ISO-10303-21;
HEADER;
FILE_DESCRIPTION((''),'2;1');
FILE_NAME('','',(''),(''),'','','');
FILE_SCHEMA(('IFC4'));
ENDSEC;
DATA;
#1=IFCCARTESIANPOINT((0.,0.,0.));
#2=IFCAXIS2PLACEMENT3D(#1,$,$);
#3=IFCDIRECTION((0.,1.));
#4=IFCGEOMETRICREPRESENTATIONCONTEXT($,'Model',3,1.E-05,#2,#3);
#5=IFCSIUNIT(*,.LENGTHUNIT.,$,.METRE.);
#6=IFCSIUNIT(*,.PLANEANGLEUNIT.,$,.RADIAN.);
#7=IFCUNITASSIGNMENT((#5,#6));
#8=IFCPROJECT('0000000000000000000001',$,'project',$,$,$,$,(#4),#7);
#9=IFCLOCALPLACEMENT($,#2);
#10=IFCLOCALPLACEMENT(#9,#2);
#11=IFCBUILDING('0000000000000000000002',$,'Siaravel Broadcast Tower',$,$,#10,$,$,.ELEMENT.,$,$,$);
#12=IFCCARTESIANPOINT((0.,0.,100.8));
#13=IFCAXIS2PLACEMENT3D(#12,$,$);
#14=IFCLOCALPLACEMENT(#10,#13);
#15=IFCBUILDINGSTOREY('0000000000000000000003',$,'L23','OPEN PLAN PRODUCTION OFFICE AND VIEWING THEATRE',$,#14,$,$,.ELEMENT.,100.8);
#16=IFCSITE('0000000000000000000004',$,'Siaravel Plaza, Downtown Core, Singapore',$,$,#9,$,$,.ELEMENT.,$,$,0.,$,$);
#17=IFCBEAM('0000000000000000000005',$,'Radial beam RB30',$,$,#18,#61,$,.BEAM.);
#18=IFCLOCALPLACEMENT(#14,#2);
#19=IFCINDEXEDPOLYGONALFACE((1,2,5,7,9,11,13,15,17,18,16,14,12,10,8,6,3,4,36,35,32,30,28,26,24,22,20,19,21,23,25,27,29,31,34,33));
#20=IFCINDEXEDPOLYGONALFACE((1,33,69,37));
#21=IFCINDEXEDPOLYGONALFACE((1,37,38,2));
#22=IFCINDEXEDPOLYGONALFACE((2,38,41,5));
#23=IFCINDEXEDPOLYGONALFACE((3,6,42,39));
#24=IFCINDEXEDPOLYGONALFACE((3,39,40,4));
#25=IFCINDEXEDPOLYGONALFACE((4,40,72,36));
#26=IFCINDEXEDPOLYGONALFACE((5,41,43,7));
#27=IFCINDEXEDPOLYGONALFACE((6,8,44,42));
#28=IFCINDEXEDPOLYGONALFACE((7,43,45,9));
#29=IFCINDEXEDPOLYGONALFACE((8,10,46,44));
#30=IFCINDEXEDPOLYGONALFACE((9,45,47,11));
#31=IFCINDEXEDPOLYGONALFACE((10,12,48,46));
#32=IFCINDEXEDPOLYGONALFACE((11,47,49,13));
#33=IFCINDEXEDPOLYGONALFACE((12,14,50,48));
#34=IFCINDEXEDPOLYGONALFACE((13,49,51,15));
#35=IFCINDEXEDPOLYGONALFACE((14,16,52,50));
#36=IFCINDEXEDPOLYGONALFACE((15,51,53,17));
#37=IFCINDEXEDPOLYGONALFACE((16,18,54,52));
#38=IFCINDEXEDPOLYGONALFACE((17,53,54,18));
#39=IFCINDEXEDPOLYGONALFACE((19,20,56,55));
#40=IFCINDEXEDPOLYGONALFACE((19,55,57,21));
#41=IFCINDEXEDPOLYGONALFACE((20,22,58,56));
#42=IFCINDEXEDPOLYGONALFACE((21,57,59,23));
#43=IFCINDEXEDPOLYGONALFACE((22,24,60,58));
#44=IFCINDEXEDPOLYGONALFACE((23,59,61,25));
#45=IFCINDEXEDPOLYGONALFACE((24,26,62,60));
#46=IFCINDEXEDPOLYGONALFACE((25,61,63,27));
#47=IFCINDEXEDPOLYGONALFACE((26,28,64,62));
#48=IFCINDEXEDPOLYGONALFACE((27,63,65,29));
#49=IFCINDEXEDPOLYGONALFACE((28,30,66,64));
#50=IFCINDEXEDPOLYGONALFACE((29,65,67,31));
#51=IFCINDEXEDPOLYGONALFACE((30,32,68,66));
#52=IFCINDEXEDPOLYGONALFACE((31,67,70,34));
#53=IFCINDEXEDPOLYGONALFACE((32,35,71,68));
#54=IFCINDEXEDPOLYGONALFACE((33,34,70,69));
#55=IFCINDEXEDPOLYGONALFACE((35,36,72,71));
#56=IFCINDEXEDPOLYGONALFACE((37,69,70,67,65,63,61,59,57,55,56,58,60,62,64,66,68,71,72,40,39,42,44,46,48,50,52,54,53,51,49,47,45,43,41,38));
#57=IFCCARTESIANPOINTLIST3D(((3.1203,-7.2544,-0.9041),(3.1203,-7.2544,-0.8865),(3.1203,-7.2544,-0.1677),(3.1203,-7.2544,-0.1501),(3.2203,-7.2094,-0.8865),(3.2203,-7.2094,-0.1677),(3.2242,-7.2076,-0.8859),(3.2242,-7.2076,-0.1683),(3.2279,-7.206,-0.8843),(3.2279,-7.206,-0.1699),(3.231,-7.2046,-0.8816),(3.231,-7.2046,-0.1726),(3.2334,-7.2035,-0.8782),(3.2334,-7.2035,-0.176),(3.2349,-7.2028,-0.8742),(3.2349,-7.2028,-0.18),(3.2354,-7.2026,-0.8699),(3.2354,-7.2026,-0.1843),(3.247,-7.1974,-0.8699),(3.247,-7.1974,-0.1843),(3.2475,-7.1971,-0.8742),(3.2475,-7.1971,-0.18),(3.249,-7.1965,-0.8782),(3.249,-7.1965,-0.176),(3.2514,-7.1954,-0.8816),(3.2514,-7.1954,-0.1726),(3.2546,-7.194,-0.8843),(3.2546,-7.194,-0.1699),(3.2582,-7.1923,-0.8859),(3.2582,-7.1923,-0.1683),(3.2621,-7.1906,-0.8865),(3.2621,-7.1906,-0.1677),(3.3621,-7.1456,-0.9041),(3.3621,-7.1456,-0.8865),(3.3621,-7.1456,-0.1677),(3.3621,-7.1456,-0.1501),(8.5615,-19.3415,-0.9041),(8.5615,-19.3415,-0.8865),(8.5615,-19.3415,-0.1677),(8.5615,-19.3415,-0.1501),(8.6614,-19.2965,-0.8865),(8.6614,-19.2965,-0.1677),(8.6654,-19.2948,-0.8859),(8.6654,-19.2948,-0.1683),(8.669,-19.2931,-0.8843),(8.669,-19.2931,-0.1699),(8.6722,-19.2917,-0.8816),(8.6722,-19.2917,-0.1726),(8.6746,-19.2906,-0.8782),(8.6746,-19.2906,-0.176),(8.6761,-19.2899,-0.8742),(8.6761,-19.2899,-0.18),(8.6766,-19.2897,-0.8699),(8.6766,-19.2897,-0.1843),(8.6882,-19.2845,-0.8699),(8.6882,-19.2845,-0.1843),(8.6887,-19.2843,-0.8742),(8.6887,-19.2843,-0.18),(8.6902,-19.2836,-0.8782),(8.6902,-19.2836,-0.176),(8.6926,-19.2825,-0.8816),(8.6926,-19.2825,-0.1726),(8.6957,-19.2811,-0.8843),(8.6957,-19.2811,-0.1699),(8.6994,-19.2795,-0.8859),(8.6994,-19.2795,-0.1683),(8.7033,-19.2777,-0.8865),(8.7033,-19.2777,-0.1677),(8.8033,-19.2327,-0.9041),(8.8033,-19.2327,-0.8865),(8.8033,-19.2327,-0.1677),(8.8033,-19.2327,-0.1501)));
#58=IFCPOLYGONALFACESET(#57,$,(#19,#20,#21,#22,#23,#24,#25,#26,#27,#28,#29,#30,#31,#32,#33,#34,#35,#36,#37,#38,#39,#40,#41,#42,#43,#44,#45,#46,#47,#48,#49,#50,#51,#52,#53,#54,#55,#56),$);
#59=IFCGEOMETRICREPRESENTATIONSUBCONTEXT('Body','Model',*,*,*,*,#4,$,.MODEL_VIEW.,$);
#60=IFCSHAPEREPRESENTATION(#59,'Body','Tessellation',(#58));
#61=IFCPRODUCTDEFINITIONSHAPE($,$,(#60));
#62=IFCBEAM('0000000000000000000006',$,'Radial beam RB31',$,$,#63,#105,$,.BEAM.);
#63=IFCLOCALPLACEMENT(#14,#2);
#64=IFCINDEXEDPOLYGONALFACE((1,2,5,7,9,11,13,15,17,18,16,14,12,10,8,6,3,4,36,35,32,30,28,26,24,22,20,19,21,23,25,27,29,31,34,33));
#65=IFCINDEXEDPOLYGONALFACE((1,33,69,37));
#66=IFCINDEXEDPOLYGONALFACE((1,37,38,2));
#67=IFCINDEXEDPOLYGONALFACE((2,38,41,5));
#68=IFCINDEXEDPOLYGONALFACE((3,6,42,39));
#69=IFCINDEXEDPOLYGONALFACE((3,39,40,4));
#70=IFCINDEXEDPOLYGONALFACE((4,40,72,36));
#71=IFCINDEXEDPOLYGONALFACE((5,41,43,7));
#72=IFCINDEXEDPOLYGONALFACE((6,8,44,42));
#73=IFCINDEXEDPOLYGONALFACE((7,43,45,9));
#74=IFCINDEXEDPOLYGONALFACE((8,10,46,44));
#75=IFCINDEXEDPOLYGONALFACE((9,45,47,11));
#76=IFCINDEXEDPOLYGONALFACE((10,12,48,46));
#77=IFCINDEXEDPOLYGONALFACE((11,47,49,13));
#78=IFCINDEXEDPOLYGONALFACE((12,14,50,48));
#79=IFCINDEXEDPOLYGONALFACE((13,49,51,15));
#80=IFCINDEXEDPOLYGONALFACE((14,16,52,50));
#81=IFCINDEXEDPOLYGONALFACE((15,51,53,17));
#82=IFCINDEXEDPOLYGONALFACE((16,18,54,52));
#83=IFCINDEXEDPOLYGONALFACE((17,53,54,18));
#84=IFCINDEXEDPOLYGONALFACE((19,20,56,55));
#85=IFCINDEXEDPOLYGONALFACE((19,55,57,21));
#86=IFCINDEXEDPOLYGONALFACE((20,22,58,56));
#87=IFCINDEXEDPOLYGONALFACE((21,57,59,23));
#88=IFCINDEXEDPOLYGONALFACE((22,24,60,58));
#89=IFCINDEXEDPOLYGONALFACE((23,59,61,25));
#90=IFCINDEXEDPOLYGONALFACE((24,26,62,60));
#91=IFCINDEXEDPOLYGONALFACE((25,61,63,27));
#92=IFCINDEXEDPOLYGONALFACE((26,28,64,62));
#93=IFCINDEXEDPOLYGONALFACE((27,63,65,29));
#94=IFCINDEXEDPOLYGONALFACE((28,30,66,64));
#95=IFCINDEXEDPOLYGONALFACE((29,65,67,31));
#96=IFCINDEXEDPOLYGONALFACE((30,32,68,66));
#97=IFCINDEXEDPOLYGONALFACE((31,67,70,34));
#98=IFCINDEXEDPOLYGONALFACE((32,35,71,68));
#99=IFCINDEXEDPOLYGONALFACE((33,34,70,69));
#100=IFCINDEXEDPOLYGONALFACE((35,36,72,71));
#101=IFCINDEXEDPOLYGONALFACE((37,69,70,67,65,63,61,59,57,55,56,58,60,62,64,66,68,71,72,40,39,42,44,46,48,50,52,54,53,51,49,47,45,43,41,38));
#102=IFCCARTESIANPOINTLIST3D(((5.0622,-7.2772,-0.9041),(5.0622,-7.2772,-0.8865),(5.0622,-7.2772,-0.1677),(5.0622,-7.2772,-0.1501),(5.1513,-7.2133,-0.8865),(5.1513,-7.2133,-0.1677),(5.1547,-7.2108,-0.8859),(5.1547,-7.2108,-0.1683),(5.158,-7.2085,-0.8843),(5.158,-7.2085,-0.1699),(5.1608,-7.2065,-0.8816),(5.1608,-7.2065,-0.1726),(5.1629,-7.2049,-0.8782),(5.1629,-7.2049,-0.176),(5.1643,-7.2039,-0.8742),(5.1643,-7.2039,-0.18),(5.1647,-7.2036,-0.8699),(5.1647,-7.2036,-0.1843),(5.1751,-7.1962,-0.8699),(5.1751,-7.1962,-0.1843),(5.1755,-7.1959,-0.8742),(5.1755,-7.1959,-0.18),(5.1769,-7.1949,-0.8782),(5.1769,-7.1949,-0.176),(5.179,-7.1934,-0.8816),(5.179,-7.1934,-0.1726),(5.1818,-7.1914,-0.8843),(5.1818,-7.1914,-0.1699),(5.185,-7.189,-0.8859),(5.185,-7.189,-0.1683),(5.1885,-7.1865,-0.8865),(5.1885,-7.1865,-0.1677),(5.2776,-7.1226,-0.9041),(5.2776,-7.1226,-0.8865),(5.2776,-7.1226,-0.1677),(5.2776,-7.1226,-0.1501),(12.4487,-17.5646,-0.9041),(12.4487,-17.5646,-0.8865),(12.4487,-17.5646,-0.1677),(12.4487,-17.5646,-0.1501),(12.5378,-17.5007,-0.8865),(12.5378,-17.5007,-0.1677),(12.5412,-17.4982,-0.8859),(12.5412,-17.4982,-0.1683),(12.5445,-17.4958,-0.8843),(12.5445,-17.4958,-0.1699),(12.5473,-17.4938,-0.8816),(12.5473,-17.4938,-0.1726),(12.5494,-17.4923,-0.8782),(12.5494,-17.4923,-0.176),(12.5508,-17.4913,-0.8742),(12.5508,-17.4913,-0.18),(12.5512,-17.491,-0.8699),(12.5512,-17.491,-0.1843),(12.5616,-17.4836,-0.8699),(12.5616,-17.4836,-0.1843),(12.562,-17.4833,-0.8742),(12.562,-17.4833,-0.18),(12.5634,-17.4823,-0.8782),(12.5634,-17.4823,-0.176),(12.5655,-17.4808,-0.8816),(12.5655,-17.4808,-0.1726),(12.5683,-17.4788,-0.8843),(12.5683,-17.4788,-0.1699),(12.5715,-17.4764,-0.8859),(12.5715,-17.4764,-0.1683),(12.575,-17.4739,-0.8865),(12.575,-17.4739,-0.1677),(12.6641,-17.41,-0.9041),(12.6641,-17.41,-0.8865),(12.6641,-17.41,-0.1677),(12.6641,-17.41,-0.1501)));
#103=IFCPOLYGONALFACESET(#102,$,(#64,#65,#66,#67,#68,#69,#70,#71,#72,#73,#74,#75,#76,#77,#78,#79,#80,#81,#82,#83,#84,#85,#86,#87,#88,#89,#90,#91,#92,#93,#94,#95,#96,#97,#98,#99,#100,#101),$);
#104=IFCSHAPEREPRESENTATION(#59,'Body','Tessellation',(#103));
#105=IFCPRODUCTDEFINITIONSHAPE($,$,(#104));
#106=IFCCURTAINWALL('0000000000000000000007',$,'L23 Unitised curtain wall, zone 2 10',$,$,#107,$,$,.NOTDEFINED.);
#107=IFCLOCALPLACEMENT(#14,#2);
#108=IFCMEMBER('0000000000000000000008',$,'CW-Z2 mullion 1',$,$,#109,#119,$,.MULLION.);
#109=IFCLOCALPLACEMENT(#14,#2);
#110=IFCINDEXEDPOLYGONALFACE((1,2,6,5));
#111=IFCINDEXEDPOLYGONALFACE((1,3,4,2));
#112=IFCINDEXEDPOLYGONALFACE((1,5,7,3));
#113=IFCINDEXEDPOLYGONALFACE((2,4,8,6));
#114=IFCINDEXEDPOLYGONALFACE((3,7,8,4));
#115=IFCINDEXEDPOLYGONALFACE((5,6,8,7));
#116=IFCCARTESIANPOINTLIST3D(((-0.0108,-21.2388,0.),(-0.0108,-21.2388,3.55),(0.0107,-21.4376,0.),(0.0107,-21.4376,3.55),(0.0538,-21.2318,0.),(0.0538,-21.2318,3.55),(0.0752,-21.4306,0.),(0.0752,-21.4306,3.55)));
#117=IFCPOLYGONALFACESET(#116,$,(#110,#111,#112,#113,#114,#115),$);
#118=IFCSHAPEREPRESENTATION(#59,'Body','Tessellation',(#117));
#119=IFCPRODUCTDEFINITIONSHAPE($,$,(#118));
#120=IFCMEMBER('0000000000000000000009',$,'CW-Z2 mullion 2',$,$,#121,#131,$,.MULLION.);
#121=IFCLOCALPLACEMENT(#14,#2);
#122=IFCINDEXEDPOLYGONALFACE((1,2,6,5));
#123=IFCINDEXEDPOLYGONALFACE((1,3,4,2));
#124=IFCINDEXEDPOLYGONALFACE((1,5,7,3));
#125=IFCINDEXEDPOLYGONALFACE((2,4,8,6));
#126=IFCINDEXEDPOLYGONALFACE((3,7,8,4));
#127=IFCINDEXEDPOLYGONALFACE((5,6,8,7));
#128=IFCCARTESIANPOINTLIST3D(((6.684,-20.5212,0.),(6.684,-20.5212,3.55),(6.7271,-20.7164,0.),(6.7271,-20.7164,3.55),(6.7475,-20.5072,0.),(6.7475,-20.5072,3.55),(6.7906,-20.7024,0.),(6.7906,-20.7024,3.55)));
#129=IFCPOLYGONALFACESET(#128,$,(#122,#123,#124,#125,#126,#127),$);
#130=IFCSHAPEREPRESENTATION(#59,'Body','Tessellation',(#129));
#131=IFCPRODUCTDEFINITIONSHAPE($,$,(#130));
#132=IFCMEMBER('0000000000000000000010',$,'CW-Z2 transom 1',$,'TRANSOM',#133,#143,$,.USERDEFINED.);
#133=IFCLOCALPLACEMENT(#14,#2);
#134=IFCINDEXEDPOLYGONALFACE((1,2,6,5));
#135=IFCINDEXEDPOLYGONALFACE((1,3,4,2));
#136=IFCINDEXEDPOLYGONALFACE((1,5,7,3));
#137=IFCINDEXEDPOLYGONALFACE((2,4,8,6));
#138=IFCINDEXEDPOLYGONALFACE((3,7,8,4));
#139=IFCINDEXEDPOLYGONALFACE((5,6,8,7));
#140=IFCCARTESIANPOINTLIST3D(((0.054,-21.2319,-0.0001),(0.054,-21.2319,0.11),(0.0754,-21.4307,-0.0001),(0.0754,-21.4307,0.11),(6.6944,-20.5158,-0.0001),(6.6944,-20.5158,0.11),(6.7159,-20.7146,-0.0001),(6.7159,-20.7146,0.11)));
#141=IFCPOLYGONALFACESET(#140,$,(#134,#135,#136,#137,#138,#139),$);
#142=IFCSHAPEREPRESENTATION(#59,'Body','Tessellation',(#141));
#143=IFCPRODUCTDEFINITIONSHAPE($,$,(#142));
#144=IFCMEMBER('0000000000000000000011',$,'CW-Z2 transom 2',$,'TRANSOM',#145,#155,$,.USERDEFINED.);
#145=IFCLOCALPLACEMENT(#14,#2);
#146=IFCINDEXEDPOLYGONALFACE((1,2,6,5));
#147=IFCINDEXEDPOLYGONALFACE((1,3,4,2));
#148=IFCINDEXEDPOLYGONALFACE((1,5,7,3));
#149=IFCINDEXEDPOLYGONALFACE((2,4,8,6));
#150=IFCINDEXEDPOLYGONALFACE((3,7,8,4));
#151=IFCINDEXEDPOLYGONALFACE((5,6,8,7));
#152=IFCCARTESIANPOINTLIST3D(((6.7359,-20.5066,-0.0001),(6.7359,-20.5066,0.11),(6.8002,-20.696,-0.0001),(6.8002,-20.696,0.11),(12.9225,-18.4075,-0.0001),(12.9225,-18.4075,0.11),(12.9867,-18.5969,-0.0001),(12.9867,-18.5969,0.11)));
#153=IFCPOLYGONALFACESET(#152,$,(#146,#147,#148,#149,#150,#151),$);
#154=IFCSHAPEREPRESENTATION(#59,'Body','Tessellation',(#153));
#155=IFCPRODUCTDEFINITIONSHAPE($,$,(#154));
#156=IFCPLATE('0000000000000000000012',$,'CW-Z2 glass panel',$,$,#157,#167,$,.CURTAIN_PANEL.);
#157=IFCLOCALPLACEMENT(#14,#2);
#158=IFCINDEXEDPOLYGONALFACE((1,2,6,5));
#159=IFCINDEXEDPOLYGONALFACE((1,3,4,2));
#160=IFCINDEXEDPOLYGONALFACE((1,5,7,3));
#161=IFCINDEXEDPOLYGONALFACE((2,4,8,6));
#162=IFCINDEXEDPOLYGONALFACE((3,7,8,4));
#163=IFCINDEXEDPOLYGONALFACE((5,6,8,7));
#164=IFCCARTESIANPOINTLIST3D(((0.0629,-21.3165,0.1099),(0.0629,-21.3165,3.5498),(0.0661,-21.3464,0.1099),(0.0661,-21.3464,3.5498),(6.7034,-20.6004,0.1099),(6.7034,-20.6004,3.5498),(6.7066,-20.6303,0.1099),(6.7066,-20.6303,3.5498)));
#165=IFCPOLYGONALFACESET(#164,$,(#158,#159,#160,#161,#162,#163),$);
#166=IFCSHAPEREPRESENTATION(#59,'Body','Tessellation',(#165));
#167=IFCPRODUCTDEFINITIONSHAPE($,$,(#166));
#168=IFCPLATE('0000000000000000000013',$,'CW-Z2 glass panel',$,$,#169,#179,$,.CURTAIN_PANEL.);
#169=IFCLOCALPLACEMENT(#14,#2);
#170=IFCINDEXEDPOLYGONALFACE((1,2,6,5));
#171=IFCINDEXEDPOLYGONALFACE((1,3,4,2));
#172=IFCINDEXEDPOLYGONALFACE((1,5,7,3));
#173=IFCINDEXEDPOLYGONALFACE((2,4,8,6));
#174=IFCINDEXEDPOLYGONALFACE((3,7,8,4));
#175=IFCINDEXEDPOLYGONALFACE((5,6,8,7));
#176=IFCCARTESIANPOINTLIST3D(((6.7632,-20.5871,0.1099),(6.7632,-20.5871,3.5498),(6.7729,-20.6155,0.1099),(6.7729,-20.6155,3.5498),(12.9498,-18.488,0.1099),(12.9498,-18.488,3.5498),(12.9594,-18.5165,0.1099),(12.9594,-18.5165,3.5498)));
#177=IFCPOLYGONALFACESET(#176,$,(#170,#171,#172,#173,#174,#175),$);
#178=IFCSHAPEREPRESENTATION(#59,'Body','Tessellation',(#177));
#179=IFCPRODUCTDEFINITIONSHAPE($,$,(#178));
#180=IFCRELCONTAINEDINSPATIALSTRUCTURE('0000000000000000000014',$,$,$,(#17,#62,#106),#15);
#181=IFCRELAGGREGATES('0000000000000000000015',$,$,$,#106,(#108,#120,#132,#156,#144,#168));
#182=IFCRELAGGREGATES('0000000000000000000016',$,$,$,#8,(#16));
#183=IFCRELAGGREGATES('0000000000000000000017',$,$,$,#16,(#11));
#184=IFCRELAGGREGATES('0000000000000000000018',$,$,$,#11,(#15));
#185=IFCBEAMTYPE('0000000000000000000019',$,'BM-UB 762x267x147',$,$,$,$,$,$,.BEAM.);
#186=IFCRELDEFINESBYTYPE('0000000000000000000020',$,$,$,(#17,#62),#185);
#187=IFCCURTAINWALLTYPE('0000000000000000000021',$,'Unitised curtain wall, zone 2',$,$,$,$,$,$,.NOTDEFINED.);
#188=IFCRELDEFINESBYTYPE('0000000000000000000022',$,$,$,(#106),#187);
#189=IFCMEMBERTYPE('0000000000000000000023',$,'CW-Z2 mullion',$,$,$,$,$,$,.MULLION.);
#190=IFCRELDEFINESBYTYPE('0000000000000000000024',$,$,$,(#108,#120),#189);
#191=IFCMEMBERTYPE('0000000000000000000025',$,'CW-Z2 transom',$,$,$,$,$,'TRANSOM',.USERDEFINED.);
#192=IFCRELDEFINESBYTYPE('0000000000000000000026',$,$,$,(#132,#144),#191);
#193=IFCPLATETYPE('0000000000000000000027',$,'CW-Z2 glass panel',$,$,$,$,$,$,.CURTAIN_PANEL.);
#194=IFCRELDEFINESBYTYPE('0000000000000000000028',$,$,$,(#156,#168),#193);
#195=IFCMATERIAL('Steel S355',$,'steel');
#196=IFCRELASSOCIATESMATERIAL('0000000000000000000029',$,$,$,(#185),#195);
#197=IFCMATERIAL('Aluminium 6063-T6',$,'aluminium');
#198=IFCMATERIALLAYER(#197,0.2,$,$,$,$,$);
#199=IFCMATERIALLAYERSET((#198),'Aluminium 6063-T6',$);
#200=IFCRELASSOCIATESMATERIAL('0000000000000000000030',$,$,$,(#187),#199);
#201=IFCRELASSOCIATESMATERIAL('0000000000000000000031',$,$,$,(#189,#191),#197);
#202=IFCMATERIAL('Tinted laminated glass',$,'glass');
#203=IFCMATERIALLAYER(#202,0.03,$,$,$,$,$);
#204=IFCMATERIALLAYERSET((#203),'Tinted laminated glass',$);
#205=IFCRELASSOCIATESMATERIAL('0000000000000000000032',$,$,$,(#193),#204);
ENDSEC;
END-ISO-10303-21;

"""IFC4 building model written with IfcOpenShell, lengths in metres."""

from ifc_helpers import new_model, si_unit, direction, frame, origin, origin_2d, place, context, subcontext, project, spatial, rectangle, i_section, extrude, material, layer, layer_set, material_profile, profile_set, type_object, element, aggregate, save


model = new_model("IFC4")

# Units and contexts
model_context = context("Model", 3, precision=1e-05, world=origin(), true_north=direction((0.0, 1.0)))
body_context = subcontext(model_context, "Body", "Model", "MODEL_VIEW")
ifc_project = project(units=[si_unit("LENGTHUNIT", "METRE"), si_unit("PLANEANGLEUNIT", "RADIAN")], contexts=[model_context])

# Site, building, storey
site_placement = place(None, origin())
site = spatial("IfcSite", under=ifc_project, at=site_placement, Name="Siaravel Plaza, Downtown Core, Singapore", CompositionType="ELEMENT", RefElevation=0.0)
building_placement = place(site_placement, origin())
building = spatial("IfcBuilding", under=site, at=building_placement, Name="Siaravel Broadcast Tower", CompositionType="ELEMENT")
storey_placement = place(building_placement, frame((0.0, 0.0, 100.8)))
storey = spatial("IfcBuildingStorey", under=building, at=storey_placement, Name="L23", Description="OPEN PLAN PRODUCTION OFFICE AND VIEWING THEATRE", CompositionType="ELEMENT", Elevation=100.8)

# Beams
ifc_material_1 = material(Name="Steel S355", Category="steel")
ifc_material_profile_1 = material_profile(ifc_material_1, i_section(OverallWidth=0.2651, OverallDepth=0.7539, WebThickness=0.0127, FlangeThickness=0.0176, FilletRadius=0.0166, at=origin_2d()))
ifc_profile_set_1 = profile_set([ifc_material_profile_1], Name="Steel S355")
beam_type = type_object("IfcBeamType", Name="BM-UB 762x267x147", PredefinedType="BEAM", material=ifc_profile_set_1)
beam_1_placement = place(storey_placement, frame((8.6824, -19.2871, -0.5271), z_axis=(-0.410486, 0.911867, 0.0), x_axis=(-0.911867, -0.410486, 0.0)))
element("IfcBeam", 1, at=beam_1_placement, inside=storey, type_object=beam_type, Name="Radial beam RB30", PredefinedType="BEAM", context=body_context, shape_type="SweptSolid", body=[
    extrude(i_section(OverallWidth=0.2651, OverallDepth=0.7539, WebThickness=0.0127, FlangeThickness=0.0176, FilletRadius=0.0166, at=origin_2d()), origin(), (0.0, 0.0, 1.0), 13.2554),
])
beam_2_placement = place(storey_placement, frame((12.5564, -17.4873, -0.5271), z_axis=(-0.583242, 0.812298, 0.0), x_axis=(-0.812298, -0.583242, 0.0)))
element("IfcBeam", 2, at=beam_2_placement, inside=storey, type_object=beam_type, Name="Radial beam RB31", PredefinedType="BEAM", context=body_context, shape_type="SweptSolid", body=[
    extrude(i_section(OverallWidth=0.2651, OverallDepth=0.7539, WebThickness=0.0127, FlangeThickness=0.0176, FilletRadius=0.0166, at=origin_2d()), origin(), (0.0, 0.0, 1.0), 12.6646),
])

# Curtain wall, members, plates
ifc_material_2 = material(Name="Aluminium 6063-T6", Category="aluminium")
ifc_layer_1 = layer(ifc_material_2, 0.2)
ifc_layer_set_1 = layer_set([ifc_layer_1], Name="Aluminium 6063-T6")
curtain_wall_type = type_object("IfcCurtainWallType", Name="Unitised curtain wall, zone 2", PredefinedType="NOTDEFINED", material=ifc_layer_set_1)
curtain_wall_placement = place(storey_placement, origin())
curtain_wall = element("IfcCurtainWall", 3, at=curtain_wall_placement, inside=storey, type_object=curtain_wall_type, Name="L23 Unitised curtain wall, zone 2 10", PredefinedType="NOTDEFINED")
ifc_material_profile_2 = material_profile(ifc_material_2, rectangle(XDim=0.2, YDim=0.0649, at=origin_2d()))
ifc_profile_set_2 = profile_set([ifc_material_profile_2], Name="Aluminium 6063-T6")
member_type_1 = type_object("IfcMemberType", Name="CW-Z2 mullion", PredefinedType="MULLION", material=ifc_profile_set_2)
member_1_placement = place(storey_placement, frame((0.0322, -21.3347, 0.0), z_axis=(0.0, 0.0, 1.0), x_axis=(-0.107217, 0.994236, 0.0)))
member_1 = element("IfcMember", 4, at=member_1_placement, type_object=member_type_1, Name="CW-Z2 mullion 1", PredefinedType="MULLION", context=body_context, shape_type="SweptSolid", body=[
    extrude(rectangle(XDim=0.2, YDim=0.0649, at=origin_2d()), origin(), (0.0, 0.0, 1.0), 3.55),
])
member_2_placement = place(storey_placement, frame((6.7373, -20.6118, 0.0), z_axis=(0.0, 0.0, 1.0), x_axis=(-0.215558, 0.976491, 0.0)))
member_2 = element("IfcMember", 5, at=member_2_placement, type_object=member_type_1, Name="CW-Z2 mullion 2", PredefinedType="MULLION", context=body_context, shape_type="SweptSolid", body=[
    extrude(rectangle(XDim=0.2, YDim=0.0649, at=origin_2d()), origin(), (0.0, 0.0, 1.0), 3.55),
])
ifc_material_profile_3 = material_profile(ifc_material_2, rectangle(XDim=0.2, YDim=0.1101, at=origin_2d()))
ifc_profile_set_3 = profile_set([ifc_material_profile_3], Name="Aluminium 6063-T6")
member_type_2 = type_object("IfcMemberType", Name="CW-Z2 transom", ElementType="TRANSOM", PredefinedType="USERDEFINED", material=ifc_profile_set_3)
member_3_placement = place(storey_placement, frame((0.0647, -21.3313, 0.0549), z_axis=(0.994236, 0.107213, 0.0), x_axis=(-0.107213, 0.994236, 0.0)))
member_3 = element("IfcMember", 6, at=member_3_placement, type_object=member_type_2, Name="CW-Z2 transom 1", ObjectType="TRANSOM", PredefinedType="USERDEFINED", context=body_context, shape_type="SweptSolid", body=[
    extrude(rectangle(XDim=0.2, YDim=0.1101, at=origin_2d()), origin(), (0.0, 0.0, 1.0), 6.679),
])
member_4_placement = place(storey_placement, frame((6.7681, -20.6013, 0.0549), z_axis=(0.946973, 0.321313, 0.0), x_axis=(-0.321313, 0.946973, 0.0)))
member_4 = element("IfcMember", 7, at=member_4_placement, type_object=member_type_2, Name="CW-Z2 transom 2", ObjectType="TRANSOM", PredefinedType="USERDEFINED", context=body_context, shape_type="SweptSolid", body=[
    extrude(rectangle(XDim=0.2, YDim=0.1101, at=origin_2d()), origin(), (0.0, 0.0, 1.0), 6.533),
])
ifc_material_3 = material(Name="Tinted laminated glass", Category="glass")
ifc_layer_2 = layer(ifc_material_3, 0.03)
ifc_layer_set_2 = layer_set([ifc_layer_2], Name="Tinted laminated glass")
plate_type = type_object("IfcPlateType", Name="CW-Z2 glass panel", PredefinedType="CURTAIN_PANEL", material=ifc_layer_set_2)
plate_1_placement = place(storey_placement, frame((3.3848, -20.9734, 0.1099), z_axis=(0.0, 0.0, 1.0), x_axis=(0.994236, 0.107217, 0.0)))
plate_1 = element("IfcPlate", 8, at=plate_1_placement, type_object=plate_type, Name="CW-Z2 glass panel", PredefinedType="CURTAIN_PANEL", context=body_context, shape_type="SweptSolid", body=[
    extrude(rectangle(XDim=6.679, YDim=0.03, at=origin_2d()), origin(), (0.0, 0.0, 1.0), 3.4399),
])
plate_2_placement = place(storey_placement, frame((9.8613, -19.5518, 0.1099), z_axis=(0.0, 0.0, 1.0), x_axis=(0.946977, 0.3213, 0.0)))
plate_2 = element("IfcPlate", 9, at=plate_2_placement, type_object=plate_type, Name="CW-Z2 glass panel", PredefinedType="CURTAIN_PANEL", context=body_context, shape_type="SweptSolid", body=[
    extrude(rectangle(XDim=6.533, YDim=0.03, at=origin_2d()), origin(), (0.0, 0.0, 1.0), 3.4399),
])
aggregate(curtain_wall, [member_1, member_2, member_3, plate_1, member_4, plate_2])

save(model, "model.ifc")
